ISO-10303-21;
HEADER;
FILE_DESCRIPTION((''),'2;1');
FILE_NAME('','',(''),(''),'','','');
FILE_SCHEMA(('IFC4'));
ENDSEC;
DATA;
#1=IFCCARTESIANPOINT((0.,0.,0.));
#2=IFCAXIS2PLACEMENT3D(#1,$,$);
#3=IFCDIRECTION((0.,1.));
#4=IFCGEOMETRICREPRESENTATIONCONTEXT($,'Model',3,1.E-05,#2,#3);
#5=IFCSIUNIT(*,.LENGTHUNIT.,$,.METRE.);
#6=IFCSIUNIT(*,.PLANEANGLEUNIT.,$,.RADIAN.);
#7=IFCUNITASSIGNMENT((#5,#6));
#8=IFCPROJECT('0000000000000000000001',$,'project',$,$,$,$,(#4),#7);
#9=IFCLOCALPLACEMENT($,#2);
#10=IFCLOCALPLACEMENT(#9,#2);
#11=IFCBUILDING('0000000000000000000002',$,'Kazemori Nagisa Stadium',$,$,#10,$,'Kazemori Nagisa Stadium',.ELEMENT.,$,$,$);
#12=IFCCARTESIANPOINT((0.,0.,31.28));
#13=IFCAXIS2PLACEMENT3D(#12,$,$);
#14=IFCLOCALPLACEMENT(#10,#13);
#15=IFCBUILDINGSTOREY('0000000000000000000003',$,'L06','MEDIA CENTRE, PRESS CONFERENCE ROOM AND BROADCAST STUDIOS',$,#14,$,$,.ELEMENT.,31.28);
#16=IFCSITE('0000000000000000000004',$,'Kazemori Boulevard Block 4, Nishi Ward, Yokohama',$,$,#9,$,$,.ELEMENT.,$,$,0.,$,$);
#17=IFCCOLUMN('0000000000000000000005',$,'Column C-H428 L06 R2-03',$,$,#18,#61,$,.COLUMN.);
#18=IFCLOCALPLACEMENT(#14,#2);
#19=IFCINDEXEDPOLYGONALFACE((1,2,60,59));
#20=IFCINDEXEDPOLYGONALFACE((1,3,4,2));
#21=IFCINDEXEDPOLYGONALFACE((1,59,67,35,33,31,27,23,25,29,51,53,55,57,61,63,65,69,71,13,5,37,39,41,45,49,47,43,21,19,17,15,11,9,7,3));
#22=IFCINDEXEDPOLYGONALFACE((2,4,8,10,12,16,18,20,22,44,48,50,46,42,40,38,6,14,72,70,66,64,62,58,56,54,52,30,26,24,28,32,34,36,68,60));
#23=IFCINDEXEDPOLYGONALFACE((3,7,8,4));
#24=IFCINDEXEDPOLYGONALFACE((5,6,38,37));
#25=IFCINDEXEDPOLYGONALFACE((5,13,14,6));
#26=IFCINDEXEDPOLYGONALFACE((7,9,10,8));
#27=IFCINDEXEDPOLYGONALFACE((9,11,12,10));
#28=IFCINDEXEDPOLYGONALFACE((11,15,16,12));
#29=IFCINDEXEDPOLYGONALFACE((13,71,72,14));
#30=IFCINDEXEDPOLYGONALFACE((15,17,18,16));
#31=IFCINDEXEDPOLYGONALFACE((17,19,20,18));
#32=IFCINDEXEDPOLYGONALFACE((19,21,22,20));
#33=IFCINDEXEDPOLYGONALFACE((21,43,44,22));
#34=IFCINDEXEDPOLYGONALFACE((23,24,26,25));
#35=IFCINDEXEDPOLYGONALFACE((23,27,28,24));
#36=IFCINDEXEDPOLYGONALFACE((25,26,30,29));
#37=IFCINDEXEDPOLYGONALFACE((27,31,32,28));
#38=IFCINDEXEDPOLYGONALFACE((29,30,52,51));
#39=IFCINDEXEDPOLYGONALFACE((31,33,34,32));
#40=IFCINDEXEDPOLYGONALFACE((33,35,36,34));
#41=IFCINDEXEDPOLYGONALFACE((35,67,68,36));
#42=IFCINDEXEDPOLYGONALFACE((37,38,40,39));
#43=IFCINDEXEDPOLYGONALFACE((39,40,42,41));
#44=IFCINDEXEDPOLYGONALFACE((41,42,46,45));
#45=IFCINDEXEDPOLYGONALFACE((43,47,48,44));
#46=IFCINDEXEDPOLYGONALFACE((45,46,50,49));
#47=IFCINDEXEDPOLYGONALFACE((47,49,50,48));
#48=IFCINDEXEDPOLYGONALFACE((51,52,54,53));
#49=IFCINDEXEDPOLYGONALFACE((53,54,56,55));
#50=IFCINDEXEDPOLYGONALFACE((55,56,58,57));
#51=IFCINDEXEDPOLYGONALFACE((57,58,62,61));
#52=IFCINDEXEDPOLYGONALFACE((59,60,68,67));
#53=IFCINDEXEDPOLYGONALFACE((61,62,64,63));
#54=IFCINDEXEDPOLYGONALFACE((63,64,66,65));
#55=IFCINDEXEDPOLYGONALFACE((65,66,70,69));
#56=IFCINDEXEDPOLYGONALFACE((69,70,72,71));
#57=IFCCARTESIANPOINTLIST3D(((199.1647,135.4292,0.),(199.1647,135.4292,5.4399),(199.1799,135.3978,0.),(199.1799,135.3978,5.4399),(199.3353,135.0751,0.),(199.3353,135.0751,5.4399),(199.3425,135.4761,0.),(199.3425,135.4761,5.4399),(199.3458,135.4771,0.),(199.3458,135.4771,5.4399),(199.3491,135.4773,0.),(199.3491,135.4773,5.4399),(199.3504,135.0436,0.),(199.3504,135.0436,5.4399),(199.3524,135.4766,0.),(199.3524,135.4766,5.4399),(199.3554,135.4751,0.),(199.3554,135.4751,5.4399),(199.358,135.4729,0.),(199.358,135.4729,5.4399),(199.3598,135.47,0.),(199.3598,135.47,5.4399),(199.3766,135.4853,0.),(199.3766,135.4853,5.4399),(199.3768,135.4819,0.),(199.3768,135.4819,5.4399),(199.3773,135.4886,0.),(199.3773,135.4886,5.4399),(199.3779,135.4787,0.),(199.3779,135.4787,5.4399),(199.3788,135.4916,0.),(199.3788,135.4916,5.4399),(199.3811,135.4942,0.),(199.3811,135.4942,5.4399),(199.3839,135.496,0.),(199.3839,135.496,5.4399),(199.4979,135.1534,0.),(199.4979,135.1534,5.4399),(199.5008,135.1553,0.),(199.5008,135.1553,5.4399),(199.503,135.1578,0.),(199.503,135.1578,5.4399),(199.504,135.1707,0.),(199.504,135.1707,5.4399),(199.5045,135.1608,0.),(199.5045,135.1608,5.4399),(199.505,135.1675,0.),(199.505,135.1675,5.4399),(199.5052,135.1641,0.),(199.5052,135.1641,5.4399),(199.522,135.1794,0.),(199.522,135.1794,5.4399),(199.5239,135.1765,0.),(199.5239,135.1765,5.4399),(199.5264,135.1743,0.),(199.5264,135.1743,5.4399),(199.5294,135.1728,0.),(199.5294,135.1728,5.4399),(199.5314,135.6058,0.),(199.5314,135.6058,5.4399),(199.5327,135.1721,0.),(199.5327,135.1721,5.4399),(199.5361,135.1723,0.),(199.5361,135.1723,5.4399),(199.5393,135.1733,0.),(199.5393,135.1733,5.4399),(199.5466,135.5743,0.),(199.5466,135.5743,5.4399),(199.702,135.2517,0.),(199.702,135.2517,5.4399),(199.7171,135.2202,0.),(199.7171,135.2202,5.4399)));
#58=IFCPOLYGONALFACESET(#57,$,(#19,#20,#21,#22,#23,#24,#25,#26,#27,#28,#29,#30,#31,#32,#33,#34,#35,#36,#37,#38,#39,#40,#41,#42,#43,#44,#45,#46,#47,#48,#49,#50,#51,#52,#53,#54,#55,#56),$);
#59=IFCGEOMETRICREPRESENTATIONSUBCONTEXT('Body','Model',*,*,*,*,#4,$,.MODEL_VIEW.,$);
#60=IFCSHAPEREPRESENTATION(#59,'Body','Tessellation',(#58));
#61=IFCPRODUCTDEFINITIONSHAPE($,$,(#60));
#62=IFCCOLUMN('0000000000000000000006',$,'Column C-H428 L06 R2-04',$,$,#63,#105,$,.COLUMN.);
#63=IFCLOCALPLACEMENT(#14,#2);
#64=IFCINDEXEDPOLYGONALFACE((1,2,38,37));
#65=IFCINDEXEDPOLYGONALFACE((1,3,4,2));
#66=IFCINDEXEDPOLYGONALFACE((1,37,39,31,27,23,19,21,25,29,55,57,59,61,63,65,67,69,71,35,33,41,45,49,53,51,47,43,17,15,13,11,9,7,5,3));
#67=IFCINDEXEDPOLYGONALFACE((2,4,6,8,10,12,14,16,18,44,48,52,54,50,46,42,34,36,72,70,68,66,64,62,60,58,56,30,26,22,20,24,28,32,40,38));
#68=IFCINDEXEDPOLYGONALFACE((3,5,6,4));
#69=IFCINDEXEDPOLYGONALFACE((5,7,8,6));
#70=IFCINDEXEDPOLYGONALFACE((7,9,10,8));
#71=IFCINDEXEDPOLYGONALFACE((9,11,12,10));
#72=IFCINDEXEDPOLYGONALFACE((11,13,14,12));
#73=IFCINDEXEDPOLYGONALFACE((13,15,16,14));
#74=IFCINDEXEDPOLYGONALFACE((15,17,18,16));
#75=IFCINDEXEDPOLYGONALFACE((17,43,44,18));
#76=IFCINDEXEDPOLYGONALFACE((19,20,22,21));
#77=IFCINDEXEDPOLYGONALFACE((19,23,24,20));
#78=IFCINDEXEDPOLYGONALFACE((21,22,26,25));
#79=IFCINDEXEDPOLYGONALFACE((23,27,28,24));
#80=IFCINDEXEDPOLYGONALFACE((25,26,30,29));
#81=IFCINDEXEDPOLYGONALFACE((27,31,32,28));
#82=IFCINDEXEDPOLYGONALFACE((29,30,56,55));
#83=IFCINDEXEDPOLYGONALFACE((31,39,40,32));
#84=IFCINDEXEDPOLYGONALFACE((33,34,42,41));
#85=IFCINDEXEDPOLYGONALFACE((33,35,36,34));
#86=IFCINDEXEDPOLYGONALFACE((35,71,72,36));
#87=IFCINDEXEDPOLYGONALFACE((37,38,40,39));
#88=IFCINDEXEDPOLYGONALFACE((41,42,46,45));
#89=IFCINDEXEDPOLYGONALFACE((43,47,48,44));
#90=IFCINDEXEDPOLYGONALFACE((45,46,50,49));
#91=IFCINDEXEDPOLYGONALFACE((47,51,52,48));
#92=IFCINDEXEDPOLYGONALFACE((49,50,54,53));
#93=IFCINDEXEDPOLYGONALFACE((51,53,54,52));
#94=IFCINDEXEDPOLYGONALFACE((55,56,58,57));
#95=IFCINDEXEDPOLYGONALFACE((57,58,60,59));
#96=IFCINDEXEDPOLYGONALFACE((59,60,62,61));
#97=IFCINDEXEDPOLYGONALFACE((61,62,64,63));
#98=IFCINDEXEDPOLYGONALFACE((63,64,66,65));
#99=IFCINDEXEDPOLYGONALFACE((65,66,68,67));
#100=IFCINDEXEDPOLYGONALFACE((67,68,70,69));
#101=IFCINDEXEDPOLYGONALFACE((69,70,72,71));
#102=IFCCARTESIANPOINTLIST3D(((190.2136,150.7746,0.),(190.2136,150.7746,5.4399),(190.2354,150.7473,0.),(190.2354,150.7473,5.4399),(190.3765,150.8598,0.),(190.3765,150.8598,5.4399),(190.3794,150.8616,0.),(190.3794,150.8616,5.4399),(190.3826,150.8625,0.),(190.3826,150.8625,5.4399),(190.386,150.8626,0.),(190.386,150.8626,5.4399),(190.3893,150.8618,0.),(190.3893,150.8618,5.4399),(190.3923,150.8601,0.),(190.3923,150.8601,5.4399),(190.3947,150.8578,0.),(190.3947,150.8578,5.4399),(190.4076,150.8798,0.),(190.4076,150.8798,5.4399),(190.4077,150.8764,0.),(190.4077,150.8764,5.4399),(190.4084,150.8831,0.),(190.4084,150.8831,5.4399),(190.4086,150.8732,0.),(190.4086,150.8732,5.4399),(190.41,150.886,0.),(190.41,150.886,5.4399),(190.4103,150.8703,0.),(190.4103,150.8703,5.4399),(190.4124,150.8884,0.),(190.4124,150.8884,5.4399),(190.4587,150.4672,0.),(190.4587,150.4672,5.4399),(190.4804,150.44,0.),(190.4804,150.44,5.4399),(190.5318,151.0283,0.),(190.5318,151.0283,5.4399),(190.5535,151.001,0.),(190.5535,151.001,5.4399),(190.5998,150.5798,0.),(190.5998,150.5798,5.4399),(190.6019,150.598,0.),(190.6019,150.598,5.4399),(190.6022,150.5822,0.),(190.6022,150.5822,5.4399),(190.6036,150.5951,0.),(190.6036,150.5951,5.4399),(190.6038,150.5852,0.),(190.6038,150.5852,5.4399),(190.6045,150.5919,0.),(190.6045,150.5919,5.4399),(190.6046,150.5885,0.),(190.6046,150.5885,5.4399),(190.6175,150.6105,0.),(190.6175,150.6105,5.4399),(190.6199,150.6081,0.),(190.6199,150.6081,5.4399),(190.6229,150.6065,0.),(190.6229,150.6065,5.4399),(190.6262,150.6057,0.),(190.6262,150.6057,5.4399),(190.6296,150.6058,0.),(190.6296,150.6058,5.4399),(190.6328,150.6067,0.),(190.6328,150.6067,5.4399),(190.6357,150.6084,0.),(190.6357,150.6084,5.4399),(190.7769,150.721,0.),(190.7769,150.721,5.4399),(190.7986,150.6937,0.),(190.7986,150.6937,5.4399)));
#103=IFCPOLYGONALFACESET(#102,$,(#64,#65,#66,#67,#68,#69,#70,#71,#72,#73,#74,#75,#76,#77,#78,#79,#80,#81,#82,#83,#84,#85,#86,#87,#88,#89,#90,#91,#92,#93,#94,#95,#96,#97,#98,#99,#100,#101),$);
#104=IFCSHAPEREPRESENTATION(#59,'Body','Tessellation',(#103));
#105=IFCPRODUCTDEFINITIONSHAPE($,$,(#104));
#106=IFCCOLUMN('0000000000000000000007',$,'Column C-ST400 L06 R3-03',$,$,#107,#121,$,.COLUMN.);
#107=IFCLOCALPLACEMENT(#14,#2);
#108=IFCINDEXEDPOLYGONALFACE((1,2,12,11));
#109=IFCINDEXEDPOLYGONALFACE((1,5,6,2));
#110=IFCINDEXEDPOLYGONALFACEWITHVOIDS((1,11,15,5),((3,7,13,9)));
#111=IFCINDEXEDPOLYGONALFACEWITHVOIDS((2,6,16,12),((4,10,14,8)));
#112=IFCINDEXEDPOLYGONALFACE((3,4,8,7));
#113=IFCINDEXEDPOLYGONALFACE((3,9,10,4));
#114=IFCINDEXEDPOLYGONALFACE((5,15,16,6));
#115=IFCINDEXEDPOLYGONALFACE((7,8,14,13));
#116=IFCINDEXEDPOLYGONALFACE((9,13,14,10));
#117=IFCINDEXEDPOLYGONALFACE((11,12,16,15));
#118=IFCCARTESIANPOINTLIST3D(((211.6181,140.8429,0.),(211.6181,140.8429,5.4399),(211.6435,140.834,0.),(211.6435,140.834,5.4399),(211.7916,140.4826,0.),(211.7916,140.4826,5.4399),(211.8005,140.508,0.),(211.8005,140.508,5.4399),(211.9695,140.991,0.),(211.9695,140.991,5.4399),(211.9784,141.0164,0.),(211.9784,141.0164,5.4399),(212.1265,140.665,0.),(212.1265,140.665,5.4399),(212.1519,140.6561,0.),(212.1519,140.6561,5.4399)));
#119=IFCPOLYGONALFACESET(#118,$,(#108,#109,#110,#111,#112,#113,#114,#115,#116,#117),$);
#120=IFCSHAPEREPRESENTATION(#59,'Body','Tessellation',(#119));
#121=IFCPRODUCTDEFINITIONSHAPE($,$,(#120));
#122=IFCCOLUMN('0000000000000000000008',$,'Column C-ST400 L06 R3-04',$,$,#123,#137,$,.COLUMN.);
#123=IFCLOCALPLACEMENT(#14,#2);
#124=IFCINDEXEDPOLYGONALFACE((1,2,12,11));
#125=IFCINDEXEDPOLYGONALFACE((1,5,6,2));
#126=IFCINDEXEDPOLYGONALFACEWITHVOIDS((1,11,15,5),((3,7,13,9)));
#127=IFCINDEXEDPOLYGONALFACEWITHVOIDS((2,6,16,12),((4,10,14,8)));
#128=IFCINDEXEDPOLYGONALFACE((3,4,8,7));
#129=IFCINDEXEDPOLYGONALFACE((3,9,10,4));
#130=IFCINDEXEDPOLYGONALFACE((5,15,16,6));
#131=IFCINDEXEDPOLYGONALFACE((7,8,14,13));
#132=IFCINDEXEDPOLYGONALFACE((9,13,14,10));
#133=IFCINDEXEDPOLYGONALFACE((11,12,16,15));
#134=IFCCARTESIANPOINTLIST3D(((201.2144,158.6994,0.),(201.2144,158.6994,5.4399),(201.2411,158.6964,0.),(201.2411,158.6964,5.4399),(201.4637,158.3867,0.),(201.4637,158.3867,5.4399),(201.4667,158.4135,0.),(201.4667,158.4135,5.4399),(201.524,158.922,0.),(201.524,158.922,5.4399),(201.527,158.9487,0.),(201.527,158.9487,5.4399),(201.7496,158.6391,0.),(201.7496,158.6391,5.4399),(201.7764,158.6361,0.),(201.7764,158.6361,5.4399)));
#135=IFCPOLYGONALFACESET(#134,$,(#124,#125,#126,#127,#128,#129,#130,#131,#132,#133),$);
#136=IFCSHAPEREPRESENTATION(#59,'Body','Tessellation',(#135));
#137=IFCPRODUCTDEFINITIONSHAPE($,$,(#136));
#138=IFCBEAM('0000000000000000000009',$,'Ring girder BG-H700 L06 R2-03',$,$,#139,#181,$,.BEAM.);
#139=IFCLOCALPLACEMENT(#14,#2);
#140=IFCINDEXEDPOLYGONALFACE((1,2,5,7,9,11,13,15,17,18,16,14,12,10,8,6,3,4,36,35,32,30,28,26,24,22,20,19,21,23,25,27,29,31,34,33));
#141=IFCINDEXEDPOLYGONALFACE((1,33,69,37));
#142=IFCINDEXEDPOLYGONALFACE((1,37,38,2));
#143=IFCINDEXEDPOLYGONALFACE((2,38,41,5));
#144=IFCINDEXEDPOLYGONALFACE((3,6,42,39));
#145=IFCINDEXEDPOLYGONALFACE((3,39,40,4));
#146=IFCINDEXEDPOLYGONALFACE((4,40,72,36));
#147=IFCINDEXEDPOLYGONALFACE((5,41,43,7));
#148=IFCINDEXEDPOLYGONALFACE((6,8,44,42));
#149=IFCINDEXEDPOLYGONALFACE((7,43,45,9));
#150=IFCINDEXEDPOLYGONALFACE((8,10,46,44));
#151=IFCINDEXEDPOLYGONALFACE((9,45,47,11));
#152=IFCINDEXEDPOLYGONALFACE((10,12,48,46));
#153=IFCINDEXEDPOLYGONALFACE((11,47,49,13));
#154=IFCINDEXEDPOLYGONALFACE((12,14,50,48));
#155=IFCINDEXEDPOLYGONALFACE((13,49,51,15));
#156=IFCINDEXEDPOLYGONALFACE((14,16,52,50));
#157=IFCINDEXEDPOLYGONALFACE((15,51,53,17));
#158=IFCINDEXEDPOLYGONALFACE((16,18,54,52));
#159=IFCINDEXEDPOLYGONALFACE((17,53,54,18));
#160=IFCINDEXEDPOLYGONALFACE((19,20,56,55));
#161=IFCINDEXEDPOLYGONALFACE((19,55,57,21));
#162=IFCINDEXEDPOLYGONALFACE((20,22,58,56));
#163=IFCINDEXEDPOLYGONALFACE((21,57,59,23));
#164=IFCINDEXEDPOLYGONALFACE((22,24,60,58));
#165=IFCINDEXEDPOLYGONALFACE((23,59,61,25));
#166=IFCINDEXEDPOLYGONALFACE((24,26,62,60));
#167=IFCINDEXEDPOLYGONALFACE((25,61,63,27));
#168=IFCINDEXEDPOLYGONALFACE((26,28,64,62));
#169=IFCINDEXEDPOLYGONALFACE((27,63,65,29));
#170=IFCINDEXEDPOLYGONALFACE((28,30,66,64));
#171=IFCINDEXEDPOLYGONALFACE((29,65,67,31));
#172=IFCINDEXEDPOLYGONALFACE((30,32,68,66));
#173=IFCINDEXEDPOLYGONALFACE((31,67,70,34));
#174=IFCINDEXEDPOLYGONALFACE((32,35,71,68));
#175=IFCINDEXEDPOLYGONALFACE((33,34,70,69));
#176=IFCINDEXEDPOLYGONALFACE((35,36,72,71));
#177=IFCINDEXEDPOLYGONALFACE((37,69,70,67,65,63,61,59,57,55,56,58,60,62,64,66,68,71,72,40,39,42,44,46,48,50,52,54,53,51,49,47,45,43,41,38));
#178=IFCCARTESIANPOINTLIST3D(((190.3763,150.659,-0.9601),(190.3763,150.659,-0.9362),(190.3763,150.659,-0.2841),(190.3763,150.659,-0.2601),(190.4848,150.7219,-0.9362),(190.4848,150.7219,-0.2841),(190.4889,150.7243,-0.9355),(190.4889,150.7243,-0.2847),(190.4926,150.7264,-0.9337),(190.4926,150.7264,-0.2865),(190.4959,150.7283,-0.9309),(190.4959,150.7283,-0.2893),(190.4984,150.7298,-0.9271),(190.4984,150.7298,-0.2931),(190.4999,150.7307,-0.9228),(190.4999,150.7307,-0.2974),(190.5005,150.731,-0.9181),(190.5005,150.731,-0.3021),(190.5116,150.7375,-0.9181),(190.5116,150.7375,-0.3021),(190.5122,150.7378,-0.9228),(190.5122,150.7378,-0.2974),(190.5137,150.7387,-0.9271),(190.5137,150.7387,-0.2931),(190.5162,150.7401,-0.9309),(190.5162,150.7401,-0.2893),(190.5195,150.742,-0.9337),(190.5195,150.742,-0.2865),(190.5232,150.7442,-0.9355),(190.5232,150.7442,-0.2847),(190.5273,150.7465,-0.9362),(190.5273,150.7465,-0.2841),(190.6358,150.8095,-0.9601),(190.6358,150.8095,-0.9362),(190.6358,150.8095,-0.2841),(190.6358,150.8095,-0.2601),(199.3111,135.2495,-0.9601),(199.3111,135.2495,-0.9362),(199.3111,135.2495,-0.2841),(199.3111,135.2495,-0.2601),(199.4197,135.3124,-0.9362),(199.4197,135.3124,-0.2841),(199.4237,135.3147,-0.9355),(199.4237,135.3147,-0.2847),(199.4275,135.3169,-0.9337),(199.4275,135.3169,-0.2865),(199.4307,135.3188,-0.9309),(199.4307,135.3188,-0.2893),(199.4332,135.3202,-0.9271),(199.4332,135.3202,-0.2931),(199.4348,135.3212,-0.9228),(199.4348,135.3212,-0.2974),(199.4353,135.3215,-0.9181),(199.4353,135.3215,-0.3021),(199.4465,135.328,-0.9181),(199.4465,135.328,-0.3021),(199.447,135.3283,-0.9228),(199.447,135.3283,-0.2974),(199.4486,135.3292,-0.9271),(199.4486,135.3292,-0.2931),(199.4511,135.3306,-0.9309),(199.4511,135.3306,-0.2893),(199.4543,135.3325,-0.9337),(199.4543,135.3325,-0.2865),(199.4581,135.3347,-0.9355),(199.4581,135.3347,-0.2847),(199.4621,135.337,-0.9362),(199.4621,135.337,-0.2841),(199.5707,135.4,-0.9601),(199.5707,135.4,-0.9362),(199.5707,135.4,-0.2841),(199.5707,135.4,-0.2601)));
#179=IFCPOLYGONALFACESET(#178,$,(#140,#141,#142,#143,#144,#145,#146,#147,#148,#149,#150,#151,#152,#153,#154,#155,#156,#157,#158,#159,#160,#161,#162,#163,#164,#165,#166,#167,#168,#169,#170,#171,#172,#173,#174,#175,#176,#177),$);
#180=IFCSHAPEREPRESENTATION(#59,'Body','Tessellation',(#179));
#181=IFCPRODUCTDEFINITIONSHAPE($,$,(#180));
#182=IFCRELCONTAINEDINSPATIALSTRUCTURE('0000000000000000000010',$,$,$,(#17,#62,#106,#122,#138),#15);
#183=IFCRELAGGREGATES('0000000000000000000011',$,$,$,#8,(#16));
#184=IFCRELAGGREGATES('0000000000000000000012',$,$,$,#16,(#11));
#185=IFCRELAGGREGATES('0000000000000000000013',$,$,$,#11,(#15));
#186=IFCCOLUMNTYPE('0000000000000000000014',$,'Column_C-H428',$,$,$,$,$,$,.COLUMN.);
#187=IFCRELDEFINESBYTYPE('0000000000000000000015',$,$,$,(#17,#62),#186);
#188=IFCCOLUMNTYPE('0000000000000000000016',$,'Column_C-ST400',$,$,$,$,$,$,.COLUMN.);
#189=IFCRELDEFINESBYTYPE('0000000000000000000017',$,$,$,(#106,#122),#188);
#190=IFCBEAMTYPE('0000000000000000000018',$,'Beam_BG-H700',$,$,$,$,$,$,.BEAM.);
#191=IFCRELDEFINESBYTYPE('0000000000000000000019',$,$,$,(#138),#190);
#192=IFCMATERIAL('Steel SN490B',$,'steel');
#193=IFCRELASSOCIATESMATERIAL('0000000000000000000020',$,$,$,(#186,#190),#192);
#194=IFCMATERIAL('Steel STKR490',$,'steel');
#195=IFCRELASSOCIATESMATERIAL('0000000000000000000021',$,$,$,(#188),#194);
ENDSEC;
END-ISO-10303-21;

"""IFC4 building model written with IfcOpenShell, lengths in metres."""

from ifc_helpers import new_model, si_unit, direction, frame, origin, origin_2d, place, context, subcontext, project, spatial, hollow_rectangle, i_section, extrude, material, material_profile, profile_set, type_object, element, save


model = new_model("IFC4")

# Units and contexts
model_context = context("Model", 3, precision=1e-05, world=origin(), true_north=direction((0.0, 1.0)))
body_context = subcontext(model_context, "Body", "Model", "MODEL_VIEW")
ifc_project = project(units=[si_unit("LENGTHUNIT", "METRE"), si_unit("PLANEANGLEUNIT", "RADIAN")], contexts=[model_context])

# Site, building, storey
site_placement = place(None, origin())
site = spatial("IfcSite", under=ifc_project, at=site_placement, Name="Kazemori Boulevard Block 4, Nishi Ward, Yokohama", CompositionType="ELEMENT", RefElevation=0.0)
building_placement = place(site_placement, origin())
building = spatial("IfcBuilding", under=site, at=building_placement, Name="Kazemori Nagisa Stadium", LongName="Kazemori Nagisa Stadium", CompositionType="ELEMENT")
storey_placement = place(building_placement, frame((0.0, 0.0, 31.28)))
storey = spatial("IfcBuildingStorey", under=building, at=storey_placement, Name="L06", Description="MEDIA CENTRE, PRESS CONFERENCE ROOM AND BROADCAST STUDIOS", CompositionType="ELEMENT", Elevation=31.28)

# Columns
ifc_material_1 = material(Name="Steel SN490B", Category="steel")
ifc_material_profile_1 = material_profile(ifc_material_1, i_section(OverallWidth=0.407, OverallDepth=0.428, WebThickness=0.02, FlangeThickness=0.0349, FilletRadius=0.0129, at=origin_2d()), Name="H-428x407x20x35")
ifc_profile_set_1 = profile_set([ifc_material_profile_1], Name="Steel SN490B")
column_type_1 = type_object("IfcColumnType", Name="Column_C-H428", PredefinedType="COLUMN", material=ifc_profile_set_1)
for number, where, z_axis, x_axis, name in (
    (1, (199.4409, 135.3247, 0.0), (0.0, 0.0, 1.0), (0.900969, 0.433884, 0.0), "Column C-H428 L06 R2-03"),
    (2, (190.5061, 150.7341, 0.0), (0.0, 0.0, 1.0), (0.781831, 0.62349, 0.0), "Column C-H428 L06 R2-04"),
):
    element("IfcColumn", number, at=place(storey_placement, frame(where, z_axis=z_axis, x_axis=x_axis)), inside=storey, type_object=column_type_1, Name=name, PredefinedType="COLUMN", context=body_context, shape_type="SweptSolid", body=[
        extrude(i_section(OverallWidth=0.407, OverallDepth=0.428, WebThickness=0.02, FlangeThickness=0.0349, FilletRadius=0.0129, at=origin_2d()), origin(), (0.0, 0.0, 1.0), 5.4399),
    ])
ifc_material_2 = material(Name="Steel STKR490", Category="steel")
ifc_material_profile_2 = material_profile(ifc_material_2, hollow_rectangle(XDim=0.3999, YDim=0.3999, WallThickness=0.019, at=origin_2d()), Name="SHS-400x400x19")
ifc_profile_set_2 = profile_set([ifc_material_profile_2], Name="Steel STKR490")
column_type_2 = type_object("IfcColumnType", Name="Column_C-ST400", PredefinedType="COLUMN", material=ifc_profile_set_2)
for number, where, z_axis, x_axis, name in (
    (3, (211.885, 140.7495, 0.0), (0.0, 0.0, 1.0), (0.900969, 0.433884, 0.0), "Column C-ST400 L06 R3-03"),
    (4, (201.4954, 158.6677, 0.0), (0.0, 0.0, 1.0), (0.781831, 0.62349, 0.0), "Column C-ST400 L06 R3-04"),
):
    element("IfcColumn", number, at=place(storey_placement, frame(where, z_axis=z_axis, x_axis=x_axis)), inside=storey, type_object=column_type_2, Name=name, PredefinedType="COLUMN", context=body_context, shape_type="SweptSolid", body=[
        extrude(hollow_rectangle(XDim=0.3999, YDim=0.3999, WallThickness=0.019, at=origin_2d()), origin(), (0.0, 0.0, 1.0), 5.4399),
    ])

# Beam
ifc_material_profile_3 = material_profile(ifc_material_1, i_section(OverallWidth=0.3, OverallDepth=0.7, WebThickness=0.0129, FlangeThickness=0.0239, FilletRadius=0.0181, at=origin_2d()), Name="H-700x300x13x24")
ifc_profile_set_3 = profile_set([ifc_material_profile_3], Name="Steel SN490B")
beam_type_1 = type_object("IfcBeamType", Name="Beam_BG-H700", PredefinedType="BEAM", material=ifc_profile_set_3)
beam_1_placement = place(storey_placement, frame((199.4409, 135.3247, -0.6101), z_axis=(-0.501607, 0.865096, 0.0), x_axis=(-0.865096, -0.501607, 0.0)))
element("IfcBeam", 5, at=beam_1_placement, inside=storey, type_object=beam_type_1, Name="Ring girder BG-H700 L06 R2-03", PredefinedType="BEAM", context=body_context, shape_type="SweptSolid", body=[
    extrude(i_section(OverallWidth=0.3, OverallDepth=0.7, WebThickness=0.0129, FlangeThickness=0.0239, FilletRadius=0.0181, at=origin_2d()), origin(), (0.0, 0.0, 1.0), 17.8125),
])

save(model, "model.ifc")
